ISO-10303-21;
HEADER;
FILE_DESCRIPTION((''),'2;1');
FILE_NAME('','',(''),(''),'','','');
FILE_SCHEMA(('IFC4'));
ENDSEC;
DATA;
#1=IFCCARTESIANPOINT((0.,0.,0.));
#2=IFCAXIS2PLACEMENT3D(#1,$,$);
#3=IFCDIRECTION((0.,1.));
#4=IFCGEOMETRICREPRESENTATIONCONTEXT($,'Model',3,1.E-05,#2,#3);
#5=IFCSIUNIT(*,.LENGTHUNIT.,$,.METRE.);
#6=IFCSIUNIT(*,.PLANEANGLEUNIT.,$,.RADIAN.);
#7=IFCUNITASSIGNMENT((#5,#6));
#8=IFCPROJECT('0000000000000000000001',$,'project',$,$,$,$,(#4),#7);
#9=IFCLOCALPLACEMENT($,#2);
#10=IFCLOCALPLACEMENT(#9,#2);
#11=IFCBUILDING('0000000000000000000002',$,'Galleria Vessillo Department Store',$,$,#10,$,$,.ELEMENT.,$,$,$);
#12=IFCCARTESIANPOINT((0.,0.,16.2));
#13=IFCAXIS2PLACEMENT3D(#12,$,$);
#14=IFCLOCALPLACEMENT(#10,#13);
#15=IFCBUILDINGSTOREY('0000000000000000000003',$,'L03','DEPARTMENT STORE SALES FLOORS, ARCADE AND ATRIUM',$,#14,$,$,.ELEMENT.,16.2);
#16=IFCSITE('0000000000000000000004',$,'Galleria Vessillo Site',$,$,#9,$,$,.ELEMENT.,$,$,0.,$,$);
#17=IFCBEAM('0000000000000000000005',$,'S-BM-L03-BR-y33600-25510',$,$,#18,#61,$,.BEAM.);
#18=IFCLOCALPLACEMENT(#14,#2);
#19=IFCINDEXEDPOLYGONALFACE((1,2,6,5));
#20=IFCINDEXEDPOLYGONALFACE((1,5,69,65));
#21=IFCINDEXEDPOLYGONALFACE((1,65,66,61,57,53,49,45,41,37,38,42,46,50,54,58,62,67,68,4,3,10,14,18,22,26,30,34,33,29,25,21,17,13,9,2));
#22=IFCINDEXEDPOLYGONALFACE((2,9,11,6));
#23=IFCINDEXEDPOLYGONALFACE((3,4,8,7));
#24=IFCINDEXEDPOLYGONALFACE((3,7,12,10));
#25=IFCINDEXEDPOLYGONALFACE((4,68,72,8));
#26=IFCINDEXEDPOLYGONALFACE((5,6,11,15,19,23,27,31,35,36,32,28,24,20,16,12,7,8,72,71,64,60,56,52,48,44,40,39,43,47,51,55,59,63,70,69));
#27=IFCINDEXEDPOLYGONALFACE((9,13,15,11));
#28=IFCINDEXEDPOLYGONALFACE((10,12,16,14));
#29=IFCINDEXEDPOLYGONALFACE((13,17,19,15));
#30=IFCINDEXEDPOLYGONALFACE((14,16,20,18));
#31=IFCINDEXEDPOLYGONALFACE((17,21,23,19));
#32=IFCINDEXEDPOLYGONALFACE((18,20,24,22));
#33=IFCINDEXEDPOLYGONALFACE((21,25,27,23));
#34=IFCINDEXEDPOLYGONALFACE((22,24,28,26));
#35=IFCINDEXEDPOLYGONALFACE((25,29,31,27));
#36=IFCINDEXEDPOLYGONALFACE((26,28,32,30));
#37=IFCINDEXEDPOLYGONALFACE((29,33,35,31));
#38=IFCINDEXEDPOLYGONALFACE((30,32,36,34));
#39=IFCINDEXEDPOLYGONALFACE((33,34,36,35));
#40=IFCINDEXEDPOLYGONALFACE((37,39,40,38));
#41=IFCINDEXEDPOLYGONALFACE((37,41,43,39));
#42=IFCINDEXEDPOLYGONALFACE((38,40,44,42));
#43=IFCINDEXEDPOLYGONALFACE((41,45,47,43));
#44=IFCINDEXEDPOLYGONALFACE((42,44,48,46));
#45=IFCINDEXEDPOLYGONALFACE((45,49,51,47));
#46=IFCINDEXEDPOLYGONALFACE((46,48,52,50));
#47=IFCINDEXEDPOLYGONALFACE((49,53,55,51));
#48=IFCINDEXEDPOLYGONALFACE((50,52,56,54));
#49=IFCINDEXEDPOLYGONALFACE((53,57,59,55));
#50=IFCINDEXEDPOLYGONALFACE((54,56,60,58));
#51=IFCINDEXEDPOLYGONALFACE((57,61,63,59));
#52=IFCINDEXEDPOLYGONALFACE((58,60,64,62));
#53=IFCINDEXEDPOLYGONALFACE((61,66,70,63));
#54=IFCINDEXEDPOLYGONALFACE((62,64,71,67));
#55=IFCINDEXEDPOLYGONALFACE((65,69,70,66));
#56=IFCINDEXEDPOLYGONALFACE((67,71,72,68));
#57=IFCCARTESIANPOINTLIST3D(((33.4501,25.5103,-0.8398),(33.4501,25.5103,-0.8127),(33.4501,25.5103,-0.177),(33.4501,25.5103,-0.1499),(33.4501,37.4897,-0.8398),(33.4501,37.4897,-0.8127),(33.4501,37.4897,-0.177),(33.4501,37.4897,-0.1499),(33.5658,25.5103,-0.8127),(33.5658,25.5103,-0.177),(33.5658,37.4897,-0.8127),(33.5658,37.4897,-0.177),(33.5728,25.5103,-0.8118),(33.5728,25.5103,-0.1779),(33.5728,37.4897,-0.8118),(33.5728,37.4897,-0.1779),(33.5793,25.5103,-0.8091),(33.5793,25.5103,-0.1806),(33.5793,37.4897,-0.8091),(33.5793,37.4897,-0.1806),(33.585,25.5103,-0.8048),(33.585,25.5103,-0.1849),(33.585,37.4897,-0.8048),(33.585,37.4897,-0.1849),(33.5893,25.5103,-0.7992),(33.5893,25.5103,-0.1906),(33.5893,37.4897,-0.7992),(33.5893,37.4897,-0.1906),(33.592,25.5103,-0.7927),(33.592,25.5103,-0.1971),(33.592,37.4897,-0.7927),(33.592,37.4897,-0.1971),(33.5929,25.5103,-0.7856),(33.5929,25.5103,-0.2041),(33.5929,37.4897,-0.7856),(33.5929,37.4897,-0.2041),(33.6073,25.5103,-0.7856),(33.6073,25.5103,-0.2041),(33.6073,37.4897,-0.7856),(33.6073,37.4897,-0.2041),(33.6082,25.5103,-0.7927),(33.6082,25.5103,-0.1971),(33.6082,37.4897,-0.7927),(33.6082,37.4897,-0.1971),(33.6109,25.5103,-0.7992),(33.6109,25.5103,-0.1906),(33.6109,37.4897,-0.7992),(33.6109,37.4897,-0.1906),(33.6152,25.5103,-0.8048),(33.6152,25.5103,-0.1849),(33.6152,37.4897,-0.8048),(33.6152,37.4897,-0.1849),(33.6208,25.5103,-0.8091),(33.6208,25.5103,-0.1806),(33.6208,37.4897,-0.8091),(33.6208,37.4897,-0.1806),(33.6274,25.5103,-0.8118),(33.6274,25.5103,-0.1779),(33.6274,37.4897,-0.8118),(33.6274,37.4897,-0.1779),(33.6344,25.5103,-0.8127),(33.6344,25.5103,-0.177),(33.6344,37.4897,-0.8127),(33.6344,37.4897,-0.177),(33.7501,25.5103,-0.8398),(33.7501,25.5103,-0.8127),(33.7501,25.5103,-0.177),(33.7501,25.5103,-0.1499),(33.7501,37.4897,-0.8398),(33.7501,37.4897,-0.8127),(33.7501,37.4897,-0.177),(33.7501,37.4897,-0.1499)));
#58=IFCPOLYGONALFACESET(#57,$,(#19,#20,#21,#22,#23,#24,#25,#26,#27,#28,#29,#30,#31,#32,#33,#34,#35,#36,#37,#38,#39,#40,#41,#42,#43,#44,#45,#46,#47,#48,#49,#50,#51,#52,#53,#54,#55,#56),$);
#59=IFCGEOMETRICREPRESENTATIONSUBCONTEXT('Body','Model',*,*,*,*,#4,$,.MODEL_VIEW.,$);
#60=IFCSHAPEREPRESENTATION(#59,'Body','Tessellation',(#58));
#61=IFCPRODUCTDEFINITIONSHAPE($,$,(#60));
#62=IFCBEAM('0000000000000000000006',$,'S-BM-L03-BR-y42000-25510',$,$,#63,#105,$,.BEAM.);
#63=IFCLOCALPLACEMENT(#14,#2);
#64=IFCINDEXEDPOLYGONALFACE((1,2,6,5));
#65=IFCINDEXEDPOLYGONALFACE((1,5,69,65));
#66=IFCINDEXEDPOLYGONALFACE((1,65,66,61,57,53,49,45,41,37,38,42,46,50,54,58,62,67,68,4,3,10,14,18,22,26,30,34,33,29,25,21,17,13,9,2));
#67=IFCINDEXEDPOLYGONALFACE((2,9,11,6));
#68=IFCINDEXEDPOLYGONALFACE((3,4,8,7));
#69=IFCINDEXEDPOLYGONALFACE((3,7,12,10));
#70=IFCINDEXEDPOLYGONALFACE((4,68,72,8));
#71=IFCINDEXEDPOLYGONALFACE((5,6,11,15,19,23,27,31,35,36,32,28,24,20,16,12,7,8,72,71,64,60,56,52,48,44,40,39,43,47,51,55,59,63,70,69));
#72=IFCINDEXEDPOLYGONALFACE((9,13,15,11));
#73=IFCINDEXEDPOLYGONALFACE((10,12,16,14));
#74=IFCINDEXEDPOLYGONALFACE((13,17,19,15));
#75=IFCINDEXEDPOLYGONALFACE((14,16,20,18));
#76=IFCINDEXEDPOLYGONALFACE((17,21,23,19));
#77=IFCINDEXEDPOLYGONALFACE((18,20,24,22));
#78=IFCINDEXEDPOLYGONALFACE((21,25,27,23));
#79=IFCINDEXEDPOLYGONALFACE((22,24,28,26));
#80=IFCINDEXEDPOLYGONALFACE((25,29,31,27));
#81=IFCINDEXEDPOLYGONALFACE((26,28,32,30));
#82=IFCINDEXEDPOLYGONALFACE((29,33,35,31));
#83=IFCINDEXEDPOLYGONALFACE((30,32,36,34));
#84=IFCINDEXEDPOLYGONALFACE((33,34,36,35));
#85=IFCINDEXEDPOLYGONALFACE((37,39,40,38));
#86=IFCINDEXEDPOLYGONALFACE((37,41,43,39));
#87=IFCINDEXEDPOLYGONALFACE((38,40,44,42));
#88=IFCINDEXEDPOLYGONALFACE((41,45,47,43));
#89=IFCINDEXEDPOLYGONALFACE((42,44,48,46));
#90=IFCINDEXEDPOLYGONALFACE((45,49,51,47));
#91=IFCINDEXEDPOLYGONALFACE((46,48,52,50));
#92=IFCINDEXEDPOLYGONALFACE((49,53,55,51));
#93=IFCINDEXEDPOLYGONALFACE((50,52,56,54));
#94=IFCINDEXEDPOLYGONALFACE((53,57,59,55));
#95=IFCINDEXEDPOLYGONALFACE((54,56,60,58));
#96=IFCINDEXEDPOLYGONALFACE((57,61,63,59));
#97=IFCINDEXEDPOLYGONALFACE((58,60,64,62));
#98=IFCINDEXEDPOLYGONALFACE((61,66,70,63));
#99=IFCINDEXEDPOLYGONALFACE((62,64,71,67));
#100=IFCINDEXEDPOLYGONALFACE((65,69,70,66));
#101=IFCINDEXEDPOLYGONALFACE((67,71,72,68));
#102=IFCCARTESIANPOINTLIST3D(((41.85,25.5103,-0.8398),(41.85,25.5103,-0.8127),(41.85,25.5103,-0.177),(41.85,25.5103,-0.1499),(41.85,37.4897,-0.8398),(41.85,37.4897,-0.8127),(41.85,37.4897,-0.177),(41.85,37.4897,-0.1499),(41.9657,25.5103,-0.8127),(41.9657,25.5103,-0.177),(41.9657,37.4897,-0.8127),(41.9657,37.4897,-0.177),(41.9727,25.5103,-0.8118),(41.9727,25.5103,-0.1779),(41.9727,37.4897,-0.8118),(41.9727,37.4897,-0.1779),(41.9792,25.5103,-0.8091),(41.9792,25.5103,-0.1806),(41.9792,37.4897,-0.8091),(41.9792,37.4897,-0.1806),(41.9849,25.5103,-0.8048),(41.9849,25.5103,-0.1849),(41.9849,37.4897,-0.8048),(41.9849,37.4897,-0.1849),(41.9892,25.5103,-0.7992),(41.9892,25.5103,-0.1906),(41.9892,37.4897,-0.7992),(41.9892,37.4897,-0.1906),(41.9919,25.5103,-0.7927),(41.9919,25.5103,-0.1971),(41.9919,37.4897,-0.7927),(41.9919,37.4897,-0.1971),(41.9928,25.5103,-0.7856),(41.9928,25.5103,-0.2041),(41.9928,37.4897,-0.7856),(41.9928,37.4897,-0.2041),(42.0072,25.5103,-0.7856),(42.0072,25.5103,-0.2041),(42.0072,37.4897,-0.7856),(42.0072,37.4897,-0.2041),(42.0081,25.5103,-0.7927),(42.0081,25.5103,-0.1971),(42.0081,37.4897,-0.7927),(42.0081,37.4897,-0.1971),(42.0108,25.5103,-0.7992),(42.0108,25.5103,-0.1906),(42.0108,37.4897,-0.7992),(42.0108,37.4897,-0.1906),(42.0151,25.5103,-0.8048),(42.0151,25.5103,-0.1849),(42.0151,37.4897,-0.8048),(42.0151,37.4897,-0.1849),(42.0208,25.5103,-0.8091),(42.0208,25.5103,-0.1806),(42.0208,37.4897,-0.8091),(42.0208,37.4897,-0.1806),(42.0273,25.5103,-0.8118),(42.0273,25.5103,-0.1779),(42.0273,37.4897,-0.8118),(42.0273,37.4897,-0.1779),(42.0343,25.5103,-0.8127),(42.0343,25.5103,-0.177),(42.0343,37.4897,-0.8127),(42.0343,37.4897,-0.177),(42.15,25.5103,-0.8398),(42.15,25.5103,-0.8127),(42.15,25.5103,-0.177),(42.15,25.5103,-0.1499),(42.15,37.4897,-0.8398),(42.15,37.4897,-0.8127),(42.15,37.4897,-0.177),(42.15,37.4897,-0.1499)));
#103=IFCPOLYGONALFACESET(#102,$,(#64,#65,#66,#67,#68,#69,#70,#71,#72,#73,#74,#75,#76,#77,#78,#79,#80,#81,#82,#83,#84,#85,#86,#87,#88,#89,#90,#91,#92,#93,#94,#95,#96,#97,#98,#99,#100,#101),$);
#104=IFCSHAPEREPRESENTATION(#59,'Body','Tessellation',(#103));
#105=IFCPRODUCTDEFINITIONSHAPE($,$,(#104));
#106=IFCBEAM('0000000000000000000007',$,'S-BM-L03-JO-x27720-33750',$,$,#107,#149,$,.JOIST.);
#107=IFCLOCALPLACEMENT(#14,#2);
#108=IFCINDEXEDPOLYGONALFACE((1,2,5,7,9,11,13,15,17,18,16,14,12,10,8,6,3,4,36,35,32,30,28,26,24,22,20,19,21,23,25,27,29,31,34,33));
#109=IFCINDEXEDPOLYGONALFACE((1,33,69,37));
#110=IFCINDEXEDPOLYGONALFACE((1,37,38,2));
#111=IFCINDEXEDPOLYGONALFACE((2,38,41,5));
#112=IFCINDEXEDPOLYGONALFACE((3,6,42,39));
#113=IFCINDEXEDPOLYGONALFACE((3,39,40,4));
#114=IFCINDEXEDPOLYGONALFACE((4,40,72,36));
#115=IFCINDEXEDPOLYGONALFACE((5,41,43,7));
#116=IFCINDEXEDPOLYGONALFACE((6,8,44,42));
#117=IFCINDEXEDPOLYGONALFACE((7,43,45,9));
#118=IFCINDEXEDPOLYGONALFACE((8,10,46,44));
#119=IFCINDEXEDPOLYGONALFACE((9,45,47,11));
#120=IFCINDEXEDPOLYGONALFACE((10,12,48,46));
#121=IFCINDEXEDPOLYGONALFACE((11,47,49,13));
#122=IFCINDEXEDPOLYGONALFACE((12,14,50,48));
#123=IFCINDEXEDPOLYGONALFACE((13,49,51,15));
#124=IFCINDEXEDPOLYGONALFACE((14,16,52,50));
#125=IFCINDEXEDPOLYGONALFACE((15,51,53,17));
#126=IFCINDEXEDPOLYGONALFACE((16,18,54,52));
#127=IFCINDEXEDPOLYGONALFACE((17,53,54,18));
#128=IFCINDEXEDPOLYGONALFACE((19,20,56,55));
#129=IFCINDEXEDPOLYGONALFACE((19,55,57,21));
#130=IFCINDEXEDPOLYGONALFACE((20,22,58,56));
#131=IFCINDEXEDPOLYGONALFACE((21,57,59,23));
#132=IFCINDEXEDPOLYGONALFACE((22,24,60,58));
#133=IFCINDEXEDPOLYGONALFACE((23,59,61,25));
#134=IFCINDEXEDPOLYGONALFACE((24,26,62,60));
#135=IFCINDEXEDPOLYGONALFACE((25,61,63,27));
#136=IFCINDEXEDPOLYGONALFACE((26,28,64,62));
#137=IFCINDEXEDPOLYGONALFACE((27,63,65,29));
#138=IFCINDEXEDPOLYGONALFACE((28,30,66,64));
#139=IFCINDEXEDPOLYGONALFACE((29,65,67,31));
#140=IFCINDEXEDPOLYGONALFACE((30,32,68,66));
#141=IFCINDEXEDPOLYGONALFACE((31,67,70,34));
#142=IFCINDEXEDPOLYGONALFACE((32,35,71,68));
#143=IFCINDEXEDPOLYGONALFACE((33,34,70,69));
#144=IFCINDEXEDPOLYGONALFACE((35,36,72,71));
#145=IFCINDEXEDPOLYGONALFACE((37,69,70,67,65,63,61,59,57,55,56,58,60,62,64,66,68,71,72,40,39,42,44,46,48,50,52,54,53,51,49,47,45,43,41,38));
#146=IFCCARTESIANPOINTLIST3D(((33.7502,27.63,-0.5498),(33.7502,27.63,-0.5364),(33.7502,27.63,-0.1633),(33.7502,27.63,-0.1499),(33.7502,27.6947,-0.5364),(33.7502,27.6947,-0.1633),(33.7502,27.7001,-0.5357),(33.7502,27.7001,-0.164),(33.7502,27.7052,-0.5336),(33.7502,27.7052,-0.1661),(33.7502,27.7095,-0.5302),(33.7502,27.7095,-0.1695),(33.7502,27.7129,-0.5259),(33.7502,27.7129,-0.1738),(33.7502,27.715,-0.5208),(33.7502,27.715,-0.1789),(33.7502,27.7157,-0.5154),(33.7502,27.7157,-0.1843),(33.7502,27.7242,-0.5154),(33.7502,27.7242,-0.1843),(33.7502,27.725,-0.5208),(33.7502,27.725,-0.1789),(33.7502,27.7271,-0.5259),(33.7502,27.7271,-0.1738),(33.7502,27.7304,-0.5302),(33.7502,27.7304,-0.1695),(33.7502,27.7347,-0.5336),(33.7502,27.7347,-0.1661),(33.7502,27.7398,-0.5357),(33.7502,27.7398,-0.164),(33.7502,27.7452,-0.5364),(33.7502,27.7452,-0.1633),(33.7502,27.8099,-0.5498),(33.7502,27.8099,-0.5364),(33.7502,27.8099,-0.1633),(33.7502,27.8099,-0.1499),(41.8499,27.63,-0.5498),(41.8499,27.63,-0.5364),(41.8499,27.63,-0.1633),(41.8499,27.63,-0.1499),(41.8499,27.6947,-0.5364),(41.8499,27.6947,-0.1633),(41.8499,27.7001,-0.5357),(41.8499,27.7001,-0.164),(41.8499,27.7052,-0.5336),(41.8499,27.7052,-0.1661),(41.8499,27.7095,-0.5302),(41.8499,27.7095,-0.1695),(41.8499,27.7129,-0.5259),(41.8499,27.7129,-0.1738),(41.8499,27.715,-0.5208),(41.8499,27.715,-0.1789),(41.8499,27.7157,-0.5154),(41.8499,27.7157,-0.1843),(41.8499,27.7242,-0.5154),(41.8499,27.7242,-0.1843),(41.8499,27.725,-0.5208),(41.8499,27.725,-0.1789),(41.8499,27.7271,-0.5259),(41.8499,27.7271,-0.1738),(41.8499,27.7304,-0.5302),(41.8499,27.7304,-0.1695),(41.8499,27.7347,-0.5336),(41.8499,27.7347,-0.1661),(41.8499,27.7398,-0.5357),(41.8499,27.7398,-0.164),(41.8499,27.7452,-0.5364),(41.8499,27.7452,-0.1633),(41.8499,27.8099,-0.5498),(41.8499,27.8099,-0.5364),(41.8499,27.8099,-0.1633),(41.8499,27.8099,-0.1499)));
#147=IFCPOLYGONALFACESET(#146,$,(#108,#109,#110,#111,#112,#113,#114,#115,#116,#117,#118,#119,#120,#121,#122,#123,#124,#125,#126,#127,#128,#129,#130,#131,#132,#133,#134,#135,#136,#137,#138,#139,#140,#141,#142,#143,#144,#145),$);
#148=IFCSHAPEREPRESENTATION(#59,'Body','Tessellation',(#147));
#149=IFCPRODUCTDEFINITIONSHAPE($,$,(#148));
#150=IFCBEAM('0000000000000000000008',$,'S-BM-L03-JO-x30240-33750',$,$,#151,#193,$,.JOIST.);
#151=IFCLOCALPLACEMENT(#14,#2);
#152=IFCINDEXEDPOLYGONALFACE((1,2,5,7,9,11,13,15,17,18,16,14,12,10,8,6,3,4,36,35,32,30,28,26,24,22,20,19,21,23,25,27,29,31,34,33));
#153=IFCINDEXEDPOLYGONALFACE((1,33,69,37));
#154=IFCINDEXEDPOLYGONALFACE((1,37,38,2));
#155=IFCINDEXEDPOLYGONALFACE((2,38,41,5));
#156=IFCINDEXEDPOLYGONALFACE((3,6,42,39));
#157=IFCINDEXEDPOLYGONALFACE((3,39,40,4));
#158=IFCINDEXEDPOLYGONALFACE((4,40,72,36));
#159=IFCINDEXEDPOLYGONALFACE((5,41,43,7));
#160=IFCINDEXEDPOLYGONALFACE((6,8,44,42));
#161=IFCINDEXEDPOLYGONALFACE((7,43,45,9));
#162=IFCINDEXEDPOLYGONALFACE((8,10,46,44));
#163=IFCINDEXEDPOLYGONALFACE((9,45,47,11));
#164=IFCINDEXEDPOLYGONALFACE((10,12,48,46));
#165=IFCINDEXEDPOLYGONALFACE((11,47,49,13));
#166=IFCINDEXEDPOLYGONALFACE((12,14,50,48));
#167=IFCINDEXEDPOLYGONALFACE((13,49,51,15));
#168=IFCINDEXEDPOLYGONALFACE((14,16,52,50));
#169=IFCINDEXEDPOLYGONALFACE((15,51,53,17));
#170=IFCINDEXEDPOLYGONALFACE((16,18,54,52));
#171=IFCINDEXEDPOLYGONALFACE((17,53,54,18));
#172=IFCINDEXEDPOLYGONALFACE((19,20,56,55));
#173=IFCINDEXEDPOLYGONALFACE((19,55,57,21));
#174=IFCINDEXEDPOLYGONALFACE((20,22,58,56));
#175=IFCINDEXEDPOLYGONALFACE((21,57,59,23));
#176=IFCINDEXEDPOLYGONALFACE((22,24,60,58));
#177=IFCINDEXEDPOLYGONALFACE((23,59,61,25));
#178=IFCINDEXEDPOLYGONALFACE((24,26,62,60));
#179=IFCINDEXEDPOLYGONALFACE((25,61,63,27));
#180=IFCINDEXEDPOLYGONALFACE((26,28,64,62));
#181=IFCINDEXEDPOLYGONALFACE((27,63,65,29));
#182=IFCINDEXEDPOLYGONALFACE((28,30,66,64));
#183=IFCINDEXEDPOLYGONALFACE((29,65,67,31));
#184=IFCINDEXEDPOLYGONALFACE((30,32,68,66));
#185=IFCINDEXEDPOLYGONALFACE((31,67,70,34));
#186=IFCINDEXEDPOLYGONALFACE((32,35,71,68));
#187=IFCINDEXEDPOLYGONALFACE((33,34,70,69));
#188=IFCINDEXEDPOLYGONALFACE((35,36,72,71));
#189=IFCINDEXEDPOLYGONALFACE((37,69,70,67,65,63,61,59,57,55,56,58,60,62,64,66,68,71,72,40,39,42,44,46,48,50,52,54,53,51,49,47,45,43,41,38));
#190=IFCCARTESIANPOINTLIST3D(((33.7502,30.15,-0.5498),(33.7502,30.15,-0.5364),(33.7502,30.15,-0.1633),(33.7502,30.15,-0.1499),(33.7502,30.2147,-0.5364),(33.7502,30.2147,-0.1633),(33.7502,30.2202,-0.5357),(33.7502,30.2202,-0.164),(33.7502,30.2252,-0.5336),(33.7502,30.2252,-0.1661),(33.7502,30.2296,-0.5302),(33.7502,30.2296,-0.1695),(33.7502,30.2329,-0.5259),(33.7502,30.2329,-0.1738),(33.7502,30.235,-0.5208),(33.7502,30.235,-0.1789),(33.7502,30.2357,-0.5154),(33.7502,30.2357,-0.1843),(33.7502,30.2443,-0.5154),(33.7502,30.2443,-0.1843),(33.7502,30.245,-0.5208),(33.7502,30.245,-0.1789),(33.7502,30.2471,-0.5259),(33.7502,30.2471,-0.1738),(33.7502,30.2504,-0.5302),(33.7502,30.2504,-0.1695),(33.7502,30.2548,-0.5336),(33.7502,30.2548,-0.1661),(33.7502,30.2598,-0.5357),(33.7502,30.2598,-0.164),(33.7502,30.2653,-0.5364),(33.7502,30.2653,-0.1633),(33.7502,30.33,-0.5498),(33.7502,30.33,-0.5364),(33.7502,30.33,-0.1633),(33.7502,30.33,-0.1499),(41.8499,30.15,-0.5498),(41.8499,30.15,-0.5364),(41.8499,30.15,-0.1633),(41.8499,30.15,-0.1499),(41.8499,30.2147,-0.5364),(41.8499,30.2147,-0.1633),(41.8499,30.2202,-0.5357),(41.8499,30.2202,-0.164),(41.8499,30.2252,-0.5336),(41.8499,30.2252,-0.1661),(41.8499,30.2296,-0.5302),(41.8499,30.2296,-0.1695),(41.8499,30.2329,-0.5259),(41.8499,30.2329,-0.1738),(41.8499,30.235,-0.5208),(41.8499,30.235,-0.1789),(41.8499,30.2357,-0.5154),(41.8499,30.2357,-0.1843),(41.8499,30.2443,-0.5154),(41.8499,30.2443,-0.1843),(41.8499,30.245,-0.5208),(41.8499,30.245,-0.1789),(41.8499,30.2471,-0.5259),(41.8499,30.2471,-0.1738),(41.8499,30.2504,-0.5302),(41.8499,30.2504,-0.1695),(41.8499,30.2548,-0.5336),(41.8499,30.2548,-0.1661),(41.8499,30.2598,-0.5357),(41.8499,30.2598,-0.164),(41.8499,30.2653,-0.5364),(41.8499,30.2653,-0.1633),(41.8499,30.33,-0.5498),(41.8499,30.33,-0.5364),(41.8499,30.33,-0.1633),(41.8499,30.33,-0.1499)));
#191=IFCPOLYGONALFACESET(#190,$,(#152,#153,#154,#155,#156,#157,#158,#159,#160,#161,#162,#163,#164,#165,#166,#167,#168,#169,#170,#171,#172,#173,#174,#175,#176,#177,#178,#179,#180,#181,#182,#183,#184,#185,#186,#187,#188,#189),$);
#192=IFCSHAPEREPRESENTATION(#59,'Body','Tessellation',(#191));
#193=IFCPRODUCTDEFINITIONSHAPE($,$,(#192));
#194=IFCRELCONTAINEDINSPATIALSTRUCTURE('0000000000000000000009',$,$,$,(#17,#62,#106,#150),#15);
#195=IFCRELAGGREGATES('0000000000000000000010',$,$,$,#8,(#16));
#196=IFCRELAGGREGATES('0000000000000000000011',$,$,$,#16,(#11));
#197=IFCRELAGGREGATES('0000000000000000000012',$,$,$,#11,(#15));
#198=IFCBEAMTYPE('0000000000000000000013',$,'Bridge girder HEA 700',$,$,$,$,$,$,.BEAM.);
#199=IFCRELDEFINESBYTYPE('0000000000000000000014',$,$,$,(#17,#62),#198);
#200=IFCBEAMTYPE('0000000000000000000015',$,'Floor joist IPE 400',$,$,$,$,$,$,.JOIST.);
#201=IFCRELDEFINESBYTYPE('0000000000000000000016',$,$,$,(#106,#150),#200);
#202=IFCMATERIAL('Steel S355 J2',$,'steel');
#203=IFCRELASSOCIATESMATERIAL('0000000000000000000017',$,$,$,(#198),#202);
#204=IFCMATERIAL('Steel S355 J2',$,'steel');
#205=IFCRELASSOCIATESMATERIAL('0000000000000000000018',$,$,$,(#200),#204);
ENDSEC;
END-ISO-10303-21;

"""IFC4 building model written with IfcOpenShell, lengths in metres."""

from ifc_helpers import new_model, si_unit, direction, frame, origin, origin_2d, place, context, subcontext, project, spatial, i_section, extrude, material, material_profile, profile_set, type_object, element, save


model = new_model("IFC4")

# Units and contexts
model_context = context("Model", 3, precision=1e-05, world=origin(), true_north=direction((0.0, 1.0)))
body_context = subcontext(model_context, "Body", "Model", "MODEL_VIEW")
ifc_project = project(units=[si_unit("LENGTHUNIT", "METRE"), si_unit("PLANEANGLEUNIT", "RADIAN")], contexts=[model_context])

# Site, building, storey
site_placement = place(None, origin())
site = spatial("IfcSite", under=ifc_project, at=site_placement, Name="Galleria Vessillo Site", CompositionType="ELEMENT", RefElevation=0.0)
building_placement = place(site_placement, origin())
building = spatial("IfcBuilding", under=site, at=building_placement, Name="Galleria Vessillo Department Store", CompositionType="ELEMENT")
storey_placement = place(building_placement, frame((0.0, 0.0, 16.2)))
storey = spatial("IfcBuildingStorey", under=building, at=storey_placement, Name="L03", Description="DEPARTMENT STORE SALES FLOORS, ARCADE AND ATRIUM", CompositionType="ELEMENT", Elevation=16.2)

# Beams
ifc_material_1 = material(Name="Steel S355 J2", Category="steel")
ifc_material_profile_1 = material_profile(ifc_material_1, i_section(OverallWidth=0.3, OverallDepth=0.6899, WebThickness=0.0144, FlangeThickness=0.0271, FilletRadius=0.0271, at=origin_2d()), Name="HEA 700")
ifc_profile_set_1 = profile_set([ifc_material_profile_1], Name="Steel S355 J2")
beam_type_1 = type_object("IfcBeamType", Name="Bridge girder HEA 700", PredefinedType="BEAM", material=ifc_profile_set_1)
for number, where, z_axis, x_axis, name in (
    (1, (33.6001, 25.5103, -0.4949), (0.0, 1.0, 0.0), (-1.0, 0.0, 0.0), "S-BM-L03-BR-y33600-25510"),
    (2, (42.0, 25.5103, -0.4949), (0.0, 1.0, 0.0), (-1.0, 0.0, 0.0), "S-BM-L03-BR-y42000-25510"),
):
    element("IfcBeam", number, at=place(storey_placement, frame(where, z_axis=z_axis, x_axis=x_axis)), inside=storey, type_object=beam_type_1, Name=name, PredefinedType="BEAM", context=body_context, shape_type="SweptSolid", body=[
        extrude(i_section(OverallWidth=0.3, OverallDepth=0.6899, WebThickness=0.0144, FlangeThickness=0.0271, FilletRadius=0.0271, at=origin_2d()), origin(), (0.0, 0.0, 1.0), 11.9795),
    ])
ifc_material_2 = material(Name="Steel S355 J2", Category="steel")
ifc_material_profile_2 = material_profile(ifc_material_2, i_section(OverallWidth=0.1799, OverallDepth=0.3999, WebThickness=0.0085, FlangeThickness=0.0134, FilletRadius=0.021, at=origin_2d()), Name="IPE 400")
ifc_profile_set_2 = profile_set([ifc_material_profile_2], Name="Steel S355 J2")
beam_type_2 = type_object("IfcBeamType", Name="Floor joist IPE 400", PredefinedType="JOIST", material=ifc_profile_set_2)
for number, where, z_axis, x_axis, name in (
    (3, (33.7502, 27.72, -0.3499), (1.0, 0.0, 0.0), (0.0, 1.0, 0.0), "S-BM-L03-JO-x27720-33750"),
    (4, (33.7502, 30.24, -0.3499), (1.0, 0.0, 0.0), (0.0, 1.0, 0.0), "S-BM-L03-JO-x30240-33750"),
):
    element("IfcBeam", number, at=place(storey_placement, frame(where, z_axis=z_axis, x_axis=x_axis)), inside=storey, type_object=beam_type_2, Name=name, PredefinedType="JOIST", context=body_context, shape_type="SweptSolid", body=[
        extrude(i_section(OverallWidth=0.1799, OverallDepth=0.3999, WebThickness=0.0085, FlangeThickness=0.0134, FilletRadius=0.021, at=origin_2d()), origin(), (0.0, 0.0, 1.0), 8.0996),
    ])

save(model, "model.ifc")
